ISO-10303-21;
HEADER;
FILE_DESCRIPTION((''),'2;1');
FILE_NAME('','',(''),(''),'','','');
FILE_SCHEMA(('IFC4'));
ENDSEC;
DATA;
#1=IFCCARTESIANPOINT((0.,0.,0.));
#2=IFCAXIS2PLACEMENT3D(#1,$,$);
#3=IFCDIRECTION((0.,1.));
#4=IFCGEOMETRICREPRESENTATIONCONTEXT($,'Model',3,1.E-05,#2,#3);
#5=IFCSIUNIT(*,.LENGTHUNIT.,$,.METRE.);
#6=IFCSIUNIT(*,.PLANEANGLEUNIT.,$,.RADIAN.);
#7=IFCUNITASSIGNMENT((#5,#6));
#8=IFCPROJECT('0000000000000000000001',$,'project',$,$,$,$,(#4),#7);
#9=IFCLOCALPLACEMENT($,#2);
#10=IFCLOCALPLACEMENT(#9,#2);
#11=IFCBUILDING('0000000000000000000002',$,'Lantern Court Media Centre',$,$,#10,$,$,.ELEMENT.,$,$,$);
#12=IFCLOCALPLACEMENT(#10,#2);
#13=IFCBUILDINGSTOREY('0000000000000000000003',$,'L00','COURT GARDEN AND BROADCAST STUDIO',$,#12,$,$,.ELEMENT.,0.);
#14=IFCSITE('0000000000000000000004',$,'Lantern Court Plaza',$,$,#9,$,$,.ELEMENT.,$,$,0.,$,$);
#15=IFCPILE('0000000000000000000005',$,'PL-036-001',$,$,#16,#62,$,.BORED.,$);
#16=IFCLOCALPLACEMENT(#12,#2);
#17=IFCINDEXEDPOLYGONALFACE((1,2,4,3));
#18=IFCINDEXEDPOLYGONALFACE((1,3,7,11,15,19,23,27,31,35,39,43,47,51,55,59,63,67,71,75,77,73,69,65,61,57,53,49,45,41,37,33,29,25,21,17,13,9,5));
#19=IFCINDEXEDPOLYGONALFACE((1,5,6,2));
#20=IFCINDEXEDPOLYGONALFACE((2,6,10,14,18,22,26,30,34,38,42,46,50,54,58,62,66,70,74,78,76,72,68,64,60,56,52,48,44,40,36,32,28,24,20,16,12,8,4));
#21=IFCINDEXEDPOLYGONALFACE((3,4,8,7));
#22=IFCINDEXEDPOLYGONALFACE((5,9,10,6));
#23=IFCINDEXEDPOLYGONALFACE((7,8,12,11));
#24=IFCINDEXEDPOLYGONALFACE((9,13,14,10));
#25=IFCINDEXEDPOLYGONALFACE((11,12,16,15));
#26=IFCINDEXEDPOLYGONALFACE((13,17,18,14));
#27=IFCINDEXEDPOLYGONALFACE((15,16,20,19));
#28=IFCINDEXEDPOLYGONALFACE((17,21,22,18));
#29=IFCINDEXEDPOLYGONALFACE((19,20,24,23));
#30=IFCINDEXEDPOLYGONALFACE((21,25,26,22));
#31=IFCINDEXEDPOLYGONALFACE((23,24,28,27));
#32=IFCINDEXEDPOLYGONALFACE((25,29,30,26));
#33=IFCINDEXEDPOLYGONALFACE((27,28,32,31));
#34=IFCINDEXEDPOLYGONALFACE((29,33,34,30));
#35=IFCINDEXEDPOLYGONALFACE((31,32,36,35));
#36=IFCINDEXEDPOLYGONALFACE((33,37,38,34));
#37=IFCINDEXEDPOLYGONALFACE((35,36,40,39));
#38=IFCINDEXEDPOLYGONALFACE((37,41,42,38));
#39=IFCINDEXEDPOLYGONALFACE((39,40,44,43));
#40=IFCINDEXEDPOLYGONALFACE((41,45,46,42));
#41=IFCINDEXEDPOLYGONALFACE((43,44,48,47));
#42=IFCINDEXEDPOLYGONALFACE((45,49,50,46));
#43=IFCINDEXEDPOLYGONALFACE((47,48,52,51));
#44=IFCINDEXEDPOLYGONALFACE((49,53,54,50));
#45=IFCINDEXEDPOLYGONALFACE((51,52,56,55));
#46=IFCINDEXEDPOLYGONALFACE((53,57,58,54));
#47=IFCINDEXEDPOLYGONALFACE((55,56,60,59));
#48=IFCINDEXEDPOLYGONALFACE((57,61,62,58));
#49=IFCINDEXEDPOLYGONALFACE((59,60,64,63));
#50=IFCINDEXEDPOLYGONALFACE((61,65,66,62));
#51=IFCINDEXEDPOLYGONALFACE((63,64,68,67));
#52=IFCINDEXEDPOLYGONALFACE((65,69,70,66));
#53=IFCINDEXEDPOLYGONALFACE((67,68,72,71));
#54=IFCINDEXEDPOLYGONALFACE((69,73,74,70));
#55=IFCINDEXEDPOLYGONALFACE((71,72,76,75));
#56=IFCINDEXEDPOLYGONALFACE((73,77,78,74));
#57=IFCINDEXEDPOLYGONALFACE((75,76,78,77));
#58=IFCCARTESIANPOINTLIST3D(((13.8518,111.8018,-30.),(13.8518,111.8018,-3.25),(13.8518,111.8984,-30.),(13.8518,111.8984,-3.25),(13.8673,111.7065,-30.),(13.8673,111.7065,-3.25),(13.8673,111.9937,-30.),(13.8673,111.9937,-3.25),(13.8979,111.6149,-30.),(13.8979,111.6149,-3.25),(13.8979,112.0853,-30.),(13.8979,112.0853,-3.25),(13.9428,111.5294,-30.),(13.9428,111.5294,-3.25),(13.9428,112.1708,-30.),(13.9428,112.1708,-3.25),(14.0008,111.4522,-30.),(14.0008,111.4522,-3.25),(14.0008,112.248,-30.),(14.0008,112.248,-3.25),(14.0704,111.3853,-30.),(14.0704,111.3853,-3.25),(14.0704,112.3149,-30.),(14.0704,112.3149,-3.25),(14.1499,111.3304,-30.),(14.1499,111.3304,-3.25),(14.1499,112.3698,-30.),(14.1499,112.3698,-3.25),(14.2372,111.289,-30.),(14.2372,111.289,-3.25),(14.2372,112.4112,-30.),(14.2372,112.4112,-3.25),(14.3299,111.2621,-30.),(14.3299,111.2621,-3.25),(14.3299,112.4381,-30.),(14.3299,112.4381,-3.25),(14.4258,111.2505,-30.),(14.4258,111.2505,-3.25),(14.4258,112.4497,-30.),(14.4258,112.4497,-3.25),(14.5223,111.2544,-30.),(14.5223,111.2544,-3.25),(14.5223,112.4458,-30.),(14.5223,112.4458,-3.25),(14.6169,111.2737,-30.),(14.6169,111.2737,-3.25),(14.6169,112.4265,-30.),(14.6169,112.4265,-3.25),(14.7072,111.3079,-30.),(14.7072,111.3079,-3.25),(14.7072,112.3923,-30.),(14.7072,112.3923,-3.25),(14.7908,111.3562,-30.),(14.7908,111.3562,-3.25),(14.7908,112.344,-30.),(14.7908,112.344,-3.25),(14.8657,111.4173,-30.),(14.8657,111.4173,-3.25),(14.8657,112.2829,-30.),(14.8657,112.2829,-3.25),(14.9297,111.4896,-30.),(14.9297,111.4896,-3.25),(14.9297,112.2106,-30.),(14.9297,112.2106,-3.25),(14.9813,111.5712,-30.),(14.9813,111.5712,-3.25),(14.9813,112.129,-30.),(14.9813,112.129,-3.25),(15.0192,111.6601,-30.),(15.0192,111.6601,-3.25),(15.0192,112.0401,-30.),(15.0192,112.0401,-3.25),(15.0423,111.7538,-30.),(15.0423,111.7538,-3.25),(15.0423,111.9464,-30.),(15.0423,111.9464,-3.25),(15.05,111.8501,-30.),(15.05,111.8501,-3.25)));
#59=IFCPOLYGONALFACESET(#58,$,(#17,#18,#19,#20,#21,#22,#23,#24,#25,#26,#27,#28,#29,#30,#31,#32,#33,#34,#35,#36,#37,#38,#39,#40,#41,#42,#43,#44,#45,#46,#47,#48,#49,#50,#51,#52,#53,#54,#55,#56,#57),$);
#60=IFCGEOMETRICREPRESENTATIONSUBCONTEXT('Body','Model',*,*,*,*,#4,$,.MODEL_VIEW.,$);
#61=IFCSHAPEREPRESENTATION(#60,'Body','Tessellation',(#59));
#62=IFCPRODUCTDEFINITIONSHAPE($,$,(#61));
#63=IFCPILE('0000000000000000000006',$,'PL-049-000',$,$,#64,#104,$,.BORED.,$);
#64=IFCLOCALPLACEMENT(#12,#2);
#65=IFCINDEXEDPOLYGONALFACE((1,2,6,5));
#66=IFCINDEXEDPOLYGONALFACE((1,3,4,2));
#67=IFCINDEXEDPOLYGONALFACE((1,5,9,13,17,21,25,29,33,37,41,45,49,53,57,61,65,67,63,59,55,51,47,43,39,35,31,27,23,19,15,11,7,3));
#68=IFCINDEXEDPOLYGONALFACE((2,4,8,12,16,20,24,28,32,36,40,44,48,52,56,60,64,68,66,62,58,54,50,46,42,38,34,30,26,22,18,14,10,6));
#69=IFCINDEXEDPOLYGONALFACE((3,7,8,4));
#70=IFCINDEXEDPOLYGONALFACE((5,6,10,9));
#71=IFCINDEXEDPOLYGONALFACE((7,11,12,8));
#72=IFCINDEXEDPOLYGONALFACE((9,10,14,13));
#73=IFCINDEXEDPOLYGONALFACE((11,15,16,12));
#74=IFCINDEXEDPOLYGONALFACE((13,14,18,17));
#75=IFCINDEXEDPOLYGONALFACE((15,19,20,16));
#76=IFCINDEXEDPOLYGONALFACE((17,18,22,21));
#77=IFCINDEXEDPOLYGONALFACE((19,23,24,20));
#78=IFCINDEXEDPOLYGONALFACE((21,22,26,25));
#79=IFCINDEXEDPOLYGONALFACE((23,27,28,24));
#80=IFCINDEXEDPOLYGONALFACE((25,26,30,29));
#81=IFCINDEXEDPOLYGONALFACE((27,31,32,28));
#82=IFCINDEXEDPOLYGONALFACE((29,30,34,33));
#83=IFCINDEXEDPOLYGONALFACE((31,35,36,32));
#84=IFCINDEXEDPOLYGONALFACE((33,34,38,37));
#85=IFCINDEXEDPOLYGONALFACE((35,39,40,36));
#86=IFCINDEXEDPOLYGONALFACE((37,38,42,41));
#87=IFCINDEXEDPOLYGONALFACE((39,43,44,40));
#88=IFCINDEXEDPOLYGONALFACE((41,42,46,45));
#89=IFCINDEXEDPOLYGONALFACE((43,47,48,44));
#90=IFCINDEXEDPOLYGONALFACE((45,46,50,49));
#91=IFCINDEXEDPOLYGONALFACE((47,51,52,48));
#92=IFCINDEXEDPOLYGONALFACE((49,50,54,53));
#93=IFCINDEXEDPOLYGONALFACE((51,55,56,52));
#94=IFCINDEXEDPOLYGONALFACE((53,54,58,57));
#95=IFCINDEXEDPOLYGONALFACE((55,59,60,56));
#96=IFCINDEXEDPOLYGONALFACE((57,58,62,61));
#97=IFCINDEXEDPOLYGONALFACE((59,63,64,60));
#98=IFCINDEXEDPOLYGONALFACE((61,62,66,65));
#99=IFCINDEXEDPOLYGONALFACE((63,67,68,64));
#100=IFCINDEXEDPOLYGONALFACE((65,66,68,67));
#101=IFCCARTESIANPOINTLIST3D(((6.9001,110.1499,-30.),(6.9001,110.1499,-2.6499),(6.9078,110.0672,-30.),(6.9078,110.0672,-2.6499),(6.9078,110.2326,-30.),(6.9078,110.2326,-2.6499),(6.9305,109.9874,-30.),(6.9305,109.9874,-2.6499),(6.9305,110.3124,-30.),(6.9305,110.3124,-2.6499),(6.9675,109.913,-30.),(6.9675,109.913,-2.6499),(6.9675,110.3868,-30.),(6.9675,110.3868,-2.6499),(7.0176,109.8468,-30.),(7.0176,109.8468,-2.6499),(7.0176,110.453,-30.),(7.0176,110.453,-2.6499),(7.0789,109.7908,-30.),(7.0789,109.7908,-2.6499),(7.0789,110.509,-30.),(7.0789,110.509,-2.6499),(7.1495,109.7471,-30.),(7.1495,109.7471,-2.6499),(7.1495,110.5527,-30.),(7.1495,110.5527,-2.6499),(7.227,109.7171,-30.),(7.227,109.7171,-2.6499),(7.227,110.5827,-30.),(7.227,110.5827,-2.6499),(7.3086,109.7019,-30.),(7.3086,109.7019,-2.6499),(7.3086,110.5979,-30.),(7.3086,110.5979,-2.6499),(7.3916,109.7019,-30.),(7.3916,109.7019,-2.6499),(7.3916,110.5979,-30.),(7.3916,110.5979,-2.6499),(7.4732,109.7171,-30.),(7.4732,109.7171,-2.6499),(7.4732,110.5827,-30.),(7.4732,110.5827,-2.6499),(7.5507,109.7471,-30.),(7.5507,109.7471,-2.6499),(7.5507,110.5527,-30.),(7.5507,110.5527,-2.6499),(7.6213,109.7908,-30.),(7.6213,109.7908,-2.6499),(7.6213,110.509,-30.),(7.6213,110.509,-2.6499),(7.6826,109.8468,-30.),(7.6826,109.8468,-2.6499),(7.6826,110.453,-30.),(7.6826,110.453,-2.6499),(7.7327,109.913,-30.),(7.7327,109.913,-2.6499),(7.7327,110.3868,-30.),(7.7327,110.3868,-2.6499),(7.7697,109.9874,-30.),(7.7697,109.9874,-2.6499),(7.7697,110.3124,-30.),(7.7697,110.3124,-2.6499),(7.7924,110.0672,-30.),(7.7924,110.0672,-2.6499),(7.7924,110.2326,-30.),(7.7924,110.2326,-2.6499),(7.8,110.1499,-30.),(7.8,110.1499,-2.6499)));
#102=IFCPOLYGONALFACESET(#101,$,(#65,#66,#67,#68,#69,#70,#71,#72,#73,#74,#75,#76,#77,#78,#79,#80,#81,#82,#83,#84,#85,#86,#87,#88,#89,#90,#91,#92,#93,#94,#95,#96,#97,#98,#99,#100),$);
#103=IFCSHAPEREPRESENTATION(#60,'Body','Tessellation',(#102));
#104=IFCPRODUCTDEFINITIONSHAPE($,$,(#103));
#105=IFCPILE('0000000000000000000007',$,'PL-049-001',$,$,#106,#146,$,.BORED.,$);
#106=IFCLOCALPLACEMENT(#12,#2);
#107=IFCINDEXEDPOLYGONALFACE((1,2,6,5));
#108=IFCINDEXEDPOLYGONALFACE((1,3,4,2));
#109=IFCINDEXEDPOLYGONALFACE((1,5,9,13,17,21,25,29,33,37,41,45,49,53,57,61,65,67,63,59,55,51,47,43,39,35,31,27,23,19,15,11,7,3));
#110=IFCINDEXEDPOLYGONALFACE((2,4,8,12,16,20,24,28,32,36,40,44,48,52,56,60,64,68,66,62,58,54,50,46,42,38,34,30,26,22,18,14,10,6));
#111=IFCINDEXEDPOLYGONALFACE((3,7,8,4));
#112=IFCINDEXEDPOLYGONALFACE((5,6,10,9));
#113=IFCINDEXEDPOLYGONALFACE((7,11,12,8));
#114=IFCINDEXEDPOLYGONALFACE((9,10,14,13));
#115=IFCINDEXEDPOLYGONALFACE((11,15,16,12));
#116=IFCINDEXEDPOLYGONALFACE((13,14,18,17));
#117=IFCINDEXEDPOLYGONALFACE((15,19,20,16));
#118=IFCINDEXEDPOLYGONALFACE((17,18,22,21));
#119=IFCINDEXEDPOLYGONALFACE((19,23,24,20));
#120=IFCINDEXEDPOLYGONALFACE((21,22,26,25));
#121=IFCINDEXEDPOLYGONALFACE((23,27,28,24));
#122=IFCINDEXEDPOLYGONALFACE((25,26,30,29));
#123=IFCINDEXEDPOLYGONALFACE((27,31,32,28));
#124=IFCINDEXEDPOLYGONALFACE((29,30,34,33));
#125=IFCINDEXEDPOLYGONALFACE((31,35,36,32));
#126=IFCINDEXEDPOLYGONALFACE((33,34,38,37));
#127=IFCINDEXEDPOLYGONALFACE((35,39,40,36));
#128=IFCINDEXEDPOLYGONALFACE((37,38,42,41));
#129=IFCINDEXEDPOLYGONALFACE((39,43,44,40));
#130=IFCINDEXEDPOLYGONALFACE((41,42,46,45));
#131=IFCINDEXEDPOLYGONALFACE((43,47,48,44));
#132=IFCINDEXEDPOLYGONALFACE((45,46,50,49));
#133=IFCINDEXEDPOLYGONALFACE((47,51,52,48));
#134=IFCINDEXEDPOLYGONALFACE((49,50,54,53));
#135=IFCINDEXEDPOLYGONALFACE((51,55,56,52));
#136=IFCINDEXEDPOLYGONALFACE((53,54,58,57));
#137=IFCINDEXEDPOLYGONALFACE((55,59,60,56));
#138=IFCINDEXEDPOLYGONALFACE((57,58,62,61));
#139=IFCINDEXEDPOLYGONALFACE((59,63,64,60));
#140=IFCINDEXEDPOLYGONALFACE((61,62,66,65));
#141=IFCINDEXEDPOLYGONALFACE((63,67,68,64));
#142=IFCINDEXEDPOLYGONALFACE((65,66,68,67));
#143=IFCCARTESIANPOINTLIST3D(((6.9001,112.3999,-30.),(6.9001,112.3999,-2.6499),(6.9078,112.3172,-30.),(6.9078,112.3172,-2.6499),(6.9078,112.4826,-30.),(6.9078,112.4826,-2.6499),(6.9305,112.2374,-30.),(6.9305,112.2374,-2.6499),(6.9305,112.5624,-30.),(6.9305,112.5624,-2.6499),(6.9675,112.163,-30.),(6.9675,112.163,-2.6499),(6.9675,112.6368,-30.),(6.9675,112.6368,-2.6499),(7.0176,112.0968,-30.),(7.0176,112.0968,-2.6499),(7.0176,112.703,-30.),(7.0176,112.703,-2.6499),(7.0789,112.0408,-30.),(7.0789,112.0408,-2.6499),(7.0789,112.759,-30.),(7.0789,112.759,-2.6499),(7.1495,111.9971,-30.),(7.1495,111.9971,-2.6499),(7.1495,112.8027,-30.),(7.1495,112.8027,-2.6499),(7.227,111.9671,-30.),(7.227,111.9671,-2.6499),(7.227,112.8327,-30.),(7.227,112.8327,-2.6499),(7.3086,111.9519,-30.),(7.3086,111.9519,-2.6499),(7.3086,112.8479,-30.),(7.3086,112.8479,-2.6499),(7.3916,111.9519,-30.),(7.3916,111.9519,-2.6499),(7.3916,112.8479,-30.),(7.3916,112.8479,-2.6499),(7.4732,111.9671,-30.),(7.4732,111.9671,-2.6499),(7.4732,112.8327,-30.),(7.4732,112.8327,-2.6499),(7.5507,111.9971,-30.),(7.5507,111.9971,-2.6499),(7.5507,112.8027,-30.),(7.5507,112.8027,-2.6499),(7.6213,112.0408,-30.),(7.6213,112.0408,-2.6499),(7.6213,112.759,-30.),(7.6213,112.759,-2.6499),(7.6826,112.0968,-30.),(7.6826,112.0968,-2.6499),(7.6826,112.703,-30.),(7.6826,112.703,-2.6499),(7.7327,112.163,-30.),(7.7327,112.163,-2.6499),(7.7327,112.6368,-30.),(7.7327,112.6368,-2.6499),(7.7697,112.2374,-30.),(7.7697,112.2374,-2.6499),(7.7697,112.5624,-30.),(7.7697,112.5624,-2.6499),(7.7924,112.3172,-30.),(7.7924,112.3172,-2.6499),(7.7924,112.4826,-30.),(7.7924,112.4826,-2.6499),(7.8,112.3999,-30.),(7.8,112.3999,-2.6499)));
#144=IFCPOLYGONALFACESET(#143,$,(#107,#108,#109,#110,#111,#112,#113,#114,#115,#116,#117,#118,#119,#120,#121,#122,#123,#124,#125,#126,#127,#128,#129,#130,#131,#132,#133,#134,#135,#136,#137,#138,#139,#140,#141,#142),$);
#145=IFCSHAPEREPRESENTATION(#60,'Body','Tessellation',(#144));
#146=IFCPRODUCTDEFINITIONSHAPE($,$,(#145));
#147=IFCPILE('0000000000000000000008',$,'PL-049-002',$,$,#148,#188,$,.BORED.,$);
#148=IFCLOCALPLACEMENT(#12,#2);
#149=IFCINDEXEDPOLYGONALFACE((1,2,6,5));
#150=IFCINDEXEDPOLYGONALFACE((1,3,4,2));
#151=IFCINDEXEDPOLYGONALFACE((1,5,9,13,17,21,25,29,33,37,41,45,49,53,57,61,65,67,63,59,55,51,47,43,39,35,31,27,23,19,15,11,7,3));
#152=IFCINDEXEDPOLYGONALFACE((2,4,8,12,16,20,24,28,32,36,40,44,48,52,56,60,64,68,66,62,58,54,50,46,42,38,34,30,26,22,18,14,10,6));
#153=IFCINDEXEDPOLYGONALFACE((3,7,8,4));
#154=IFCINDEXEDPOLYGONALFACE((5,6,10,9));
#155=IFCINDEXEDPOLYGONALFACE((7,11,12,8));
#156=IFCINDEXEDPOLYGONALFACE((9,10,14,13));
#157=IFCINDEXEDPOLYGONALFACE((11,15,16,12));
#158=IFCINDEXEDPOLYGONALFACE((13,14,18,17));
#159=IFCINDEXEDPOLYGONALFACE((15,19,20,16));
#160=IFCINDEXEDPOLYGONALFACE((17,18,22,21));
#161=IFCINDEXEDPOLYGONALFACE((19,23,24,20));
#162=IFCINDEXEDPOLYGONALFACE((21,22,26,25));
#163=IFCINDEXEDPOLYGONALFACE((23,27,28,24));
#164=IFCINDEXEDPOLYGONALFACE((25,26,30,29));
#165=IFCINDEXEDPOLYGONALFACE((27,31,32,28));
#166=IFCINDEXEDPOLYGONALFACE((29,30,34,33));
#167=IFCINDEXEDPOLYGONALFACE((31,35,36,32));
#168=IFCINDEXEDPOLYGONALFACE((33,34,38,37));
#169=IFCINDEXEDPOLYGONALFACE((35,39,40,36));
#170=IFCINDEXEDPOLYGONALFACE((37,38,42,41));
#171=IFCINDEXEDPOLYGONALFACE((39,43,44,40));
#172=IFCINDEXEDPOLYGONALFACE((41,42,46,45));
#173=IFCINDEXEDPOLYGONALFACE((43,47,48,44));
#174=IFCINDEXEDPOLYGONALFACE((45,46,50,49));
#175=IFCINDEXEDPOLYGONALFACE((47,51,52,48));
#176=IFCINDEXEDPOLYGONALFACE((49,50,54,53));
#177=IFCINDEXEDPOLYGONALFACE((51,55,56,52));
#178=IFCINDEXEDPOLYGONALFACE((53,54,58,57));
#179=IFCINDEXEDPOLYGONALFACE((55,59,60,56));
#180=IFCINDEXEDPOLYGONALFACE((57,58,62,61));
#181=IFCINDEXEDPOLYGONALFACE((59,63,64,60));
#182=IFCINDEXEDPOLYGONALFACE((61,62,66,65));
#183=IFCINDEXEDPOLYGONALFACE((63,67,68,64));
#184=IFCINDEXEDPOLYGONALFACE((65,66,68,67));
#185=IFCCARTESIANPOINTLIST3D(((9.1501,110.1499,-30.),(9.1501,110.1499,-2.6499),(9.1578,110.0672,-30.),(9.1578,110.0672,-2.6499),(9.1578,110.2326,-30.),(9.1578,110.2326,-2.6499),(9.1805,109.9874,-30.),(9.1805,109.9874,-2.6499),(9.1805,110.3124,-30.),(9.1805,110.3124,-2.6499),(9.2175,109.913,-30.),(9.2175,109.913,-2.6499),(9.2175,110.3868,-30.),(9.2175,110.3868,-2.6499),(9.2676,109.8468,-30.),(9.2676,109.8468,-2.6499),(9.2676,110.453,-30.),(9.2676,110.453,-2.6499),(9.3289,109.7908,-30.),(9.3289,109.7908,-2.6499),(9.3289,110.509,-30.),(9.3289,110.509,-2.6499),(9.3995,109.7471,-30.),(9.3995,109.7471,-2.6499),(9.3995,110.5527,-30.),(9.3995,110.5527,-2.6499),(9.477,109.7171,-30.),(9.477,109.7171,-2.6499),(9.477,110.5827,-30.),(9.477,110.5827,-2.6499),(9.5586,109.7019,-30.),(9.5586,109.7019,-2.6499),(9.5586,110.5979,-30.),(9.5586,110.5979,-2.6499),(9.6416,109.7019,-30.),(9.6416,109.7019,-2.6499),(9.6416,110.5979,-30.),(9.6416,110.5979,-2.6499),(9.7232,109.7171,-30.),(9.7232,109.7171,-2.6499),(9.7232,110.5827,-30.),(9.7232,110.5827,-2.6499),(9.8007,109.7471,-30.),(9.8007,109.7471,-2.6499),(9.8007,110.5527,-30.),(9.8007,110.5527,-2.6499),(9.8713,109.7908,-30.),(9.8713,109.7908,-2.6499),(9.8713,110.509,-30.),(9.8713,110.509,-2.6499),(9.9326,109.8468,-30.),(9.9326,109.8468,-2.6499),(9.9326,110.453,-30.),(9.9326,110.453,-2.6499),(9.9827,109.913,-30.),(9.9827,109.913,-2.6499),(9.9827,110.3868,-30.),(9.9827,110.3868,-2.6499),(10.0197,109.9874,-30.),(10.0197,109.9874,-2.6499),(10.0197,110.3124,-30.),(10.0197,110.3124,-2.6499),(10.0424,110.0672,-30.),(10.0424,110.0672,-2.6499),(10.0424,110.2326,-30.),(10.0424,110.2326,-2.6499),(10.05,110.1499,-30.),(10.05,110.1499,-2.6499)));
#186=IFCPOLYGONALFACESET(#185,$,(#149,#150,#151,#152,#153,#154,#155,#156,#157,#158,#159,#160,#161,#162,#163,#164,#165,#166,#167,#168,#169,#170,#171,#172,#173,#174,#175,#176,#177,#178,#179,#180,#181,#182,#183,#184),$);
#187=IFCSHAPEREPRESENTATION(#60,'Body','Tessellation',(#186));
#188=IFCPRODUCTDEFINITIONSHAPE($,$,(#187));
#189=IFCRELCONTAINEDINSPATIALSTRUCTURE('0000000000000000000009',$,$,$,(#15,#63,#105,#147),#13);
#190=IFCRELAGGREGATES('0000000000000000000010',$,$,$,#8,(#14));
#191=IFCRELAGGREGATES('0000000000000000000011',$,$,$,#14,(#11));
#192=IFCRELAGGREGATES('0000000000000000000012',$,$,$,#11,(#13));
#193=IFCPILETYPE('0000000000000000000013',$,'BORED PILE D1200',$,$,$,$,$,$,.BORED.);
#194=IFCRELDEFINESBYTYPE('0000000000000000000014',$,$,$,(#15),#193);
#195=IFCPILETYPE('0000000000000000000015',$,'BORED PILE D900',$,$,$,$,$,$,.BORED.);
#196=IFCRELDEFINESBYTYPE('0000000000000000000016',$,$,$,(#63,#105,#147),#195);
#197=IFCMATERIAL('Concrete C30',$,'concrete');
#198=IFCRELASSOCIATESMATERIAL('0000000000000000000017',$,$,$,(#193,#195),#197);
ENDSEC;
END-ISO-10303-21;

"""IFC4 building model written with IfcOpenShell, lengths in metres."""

from ifc_helpers import new_model, si_unit, direction, frame, origin, origin_2d, place, context, subcontext, project, spatial, circle, extrude, material, material_profile, profile_set, type_object, element, save


model = new_model("IFC4")

# Units and contexts
model_context = context("Model", 3, precision=1e-05, world=origin(), true_north=direction((0.0, 1.0)))
body_context = subcontext(model_context, "Body", "Model", "MODEL_VIEW")
ifc_project = project(units=[si_unit("LENGTHUNIT", "METRE"), si_unit("PLANEANGLEUNIT", "RADIAN")], contexts=[model_context])

# Site, building, storey
site_placement = place(None, origin())
site = spatial("IfcSite", under=ifc_project, at=site_placement, Name="Lantern Court Plaza", CompositionType="ELEMENT", RefElevation=0.0)
building_placement = place(site_placement, origin())
building = spatial("IfcBuilding", under=site, at=building_placement, Name="Lantern Court Media Centre", CompositionType="ELEMENT")
storey_placement = place(building_placement, origin())
storey = spatial("IfcBuildingStorey", under=building, at=storey_placement, Name="L00", Description="COURT GARDEN AND BROADCAST STUDIO", CompositionType="ELEMENT", Elevation=0.0)

# Piles
ifc_material_1 = material(Name="Concrete C30", Category="concrete")
ifc_material_profile_1 = material_profile(ifc_material_1, circle(Radius=0.6001, at=origin_2d()), Name="D1200")
ifc_profile_set_1 = profile_set([ifc_material_profile_1], Name="Concrete C30")
pile_type_1 = type_object("IfcPileType", Name="BORED PILE D1200", PredefinedType="BORED", material=ifc_profile_set_1)
pile_placement = place(storey_placement, frame((14.45, 111.8501, -3.25), z_axis=(0.0, 0.0, -1.0), x_axis=(1.0, 0.0, 0.0)))
element("IfcPile", 1, at=pile_placement, inside=storey, type_object=pile_type_1, Name="PL-036-001", PredefinedType="BORED", context=body_context, shape_type="SweptSolid", body=[
    extrude(circle(Radius=0.6001, at=origin_2d()), origin(), (0.0, 0.0, 1.0), 26.75),
])
ifc_material_profile_2 = material_profile(ifc_material_1, circle(Radius=0.45, at=origin_2d()), Name="D900")
ifc_profile_set_2 = profile_set([ifc_material_profile_2], Name="Concrete C30")
pile_type_2 = type_object("IfcPileType", Name="BORED PILE D900", PredefinedType="BORED", material=ifc_profile_set_2)
for number, where, z_axis, x_axis, name in (
    (2, (7.3501, 110.1499, -2.6499), (0.0, 0.0, -1.0), (1.0, 0.0, 0.0), "PL-049-000"),
    (3, (7.3501, 112.3999, -2.6499), (0.0, 0.0, -1.0), (1.0, 0.0, 0.0), "PL-049-001"),
    (4, (9.6001, 110.1499, -2.6499), (0.0, 0.0, -1.0), (1.0, 0.0, 0.0), "PL-049-002"),
):
    element("IfcPile", number, at=place(storey_placement, frame(where, z_axis=z_axis, x_axis=x_axis)), inside=storey, type_object=pile_type_2, Name=name, PredefinedType="BORED", context=body_context, shape_type="SweptSolid", body=[
        extrude(circle(Radius=0.45, at=origin_2d()), origin(), (0.0, 0.0, 1.0), 27.3501),
    ])

save(model, "model.ifc")
